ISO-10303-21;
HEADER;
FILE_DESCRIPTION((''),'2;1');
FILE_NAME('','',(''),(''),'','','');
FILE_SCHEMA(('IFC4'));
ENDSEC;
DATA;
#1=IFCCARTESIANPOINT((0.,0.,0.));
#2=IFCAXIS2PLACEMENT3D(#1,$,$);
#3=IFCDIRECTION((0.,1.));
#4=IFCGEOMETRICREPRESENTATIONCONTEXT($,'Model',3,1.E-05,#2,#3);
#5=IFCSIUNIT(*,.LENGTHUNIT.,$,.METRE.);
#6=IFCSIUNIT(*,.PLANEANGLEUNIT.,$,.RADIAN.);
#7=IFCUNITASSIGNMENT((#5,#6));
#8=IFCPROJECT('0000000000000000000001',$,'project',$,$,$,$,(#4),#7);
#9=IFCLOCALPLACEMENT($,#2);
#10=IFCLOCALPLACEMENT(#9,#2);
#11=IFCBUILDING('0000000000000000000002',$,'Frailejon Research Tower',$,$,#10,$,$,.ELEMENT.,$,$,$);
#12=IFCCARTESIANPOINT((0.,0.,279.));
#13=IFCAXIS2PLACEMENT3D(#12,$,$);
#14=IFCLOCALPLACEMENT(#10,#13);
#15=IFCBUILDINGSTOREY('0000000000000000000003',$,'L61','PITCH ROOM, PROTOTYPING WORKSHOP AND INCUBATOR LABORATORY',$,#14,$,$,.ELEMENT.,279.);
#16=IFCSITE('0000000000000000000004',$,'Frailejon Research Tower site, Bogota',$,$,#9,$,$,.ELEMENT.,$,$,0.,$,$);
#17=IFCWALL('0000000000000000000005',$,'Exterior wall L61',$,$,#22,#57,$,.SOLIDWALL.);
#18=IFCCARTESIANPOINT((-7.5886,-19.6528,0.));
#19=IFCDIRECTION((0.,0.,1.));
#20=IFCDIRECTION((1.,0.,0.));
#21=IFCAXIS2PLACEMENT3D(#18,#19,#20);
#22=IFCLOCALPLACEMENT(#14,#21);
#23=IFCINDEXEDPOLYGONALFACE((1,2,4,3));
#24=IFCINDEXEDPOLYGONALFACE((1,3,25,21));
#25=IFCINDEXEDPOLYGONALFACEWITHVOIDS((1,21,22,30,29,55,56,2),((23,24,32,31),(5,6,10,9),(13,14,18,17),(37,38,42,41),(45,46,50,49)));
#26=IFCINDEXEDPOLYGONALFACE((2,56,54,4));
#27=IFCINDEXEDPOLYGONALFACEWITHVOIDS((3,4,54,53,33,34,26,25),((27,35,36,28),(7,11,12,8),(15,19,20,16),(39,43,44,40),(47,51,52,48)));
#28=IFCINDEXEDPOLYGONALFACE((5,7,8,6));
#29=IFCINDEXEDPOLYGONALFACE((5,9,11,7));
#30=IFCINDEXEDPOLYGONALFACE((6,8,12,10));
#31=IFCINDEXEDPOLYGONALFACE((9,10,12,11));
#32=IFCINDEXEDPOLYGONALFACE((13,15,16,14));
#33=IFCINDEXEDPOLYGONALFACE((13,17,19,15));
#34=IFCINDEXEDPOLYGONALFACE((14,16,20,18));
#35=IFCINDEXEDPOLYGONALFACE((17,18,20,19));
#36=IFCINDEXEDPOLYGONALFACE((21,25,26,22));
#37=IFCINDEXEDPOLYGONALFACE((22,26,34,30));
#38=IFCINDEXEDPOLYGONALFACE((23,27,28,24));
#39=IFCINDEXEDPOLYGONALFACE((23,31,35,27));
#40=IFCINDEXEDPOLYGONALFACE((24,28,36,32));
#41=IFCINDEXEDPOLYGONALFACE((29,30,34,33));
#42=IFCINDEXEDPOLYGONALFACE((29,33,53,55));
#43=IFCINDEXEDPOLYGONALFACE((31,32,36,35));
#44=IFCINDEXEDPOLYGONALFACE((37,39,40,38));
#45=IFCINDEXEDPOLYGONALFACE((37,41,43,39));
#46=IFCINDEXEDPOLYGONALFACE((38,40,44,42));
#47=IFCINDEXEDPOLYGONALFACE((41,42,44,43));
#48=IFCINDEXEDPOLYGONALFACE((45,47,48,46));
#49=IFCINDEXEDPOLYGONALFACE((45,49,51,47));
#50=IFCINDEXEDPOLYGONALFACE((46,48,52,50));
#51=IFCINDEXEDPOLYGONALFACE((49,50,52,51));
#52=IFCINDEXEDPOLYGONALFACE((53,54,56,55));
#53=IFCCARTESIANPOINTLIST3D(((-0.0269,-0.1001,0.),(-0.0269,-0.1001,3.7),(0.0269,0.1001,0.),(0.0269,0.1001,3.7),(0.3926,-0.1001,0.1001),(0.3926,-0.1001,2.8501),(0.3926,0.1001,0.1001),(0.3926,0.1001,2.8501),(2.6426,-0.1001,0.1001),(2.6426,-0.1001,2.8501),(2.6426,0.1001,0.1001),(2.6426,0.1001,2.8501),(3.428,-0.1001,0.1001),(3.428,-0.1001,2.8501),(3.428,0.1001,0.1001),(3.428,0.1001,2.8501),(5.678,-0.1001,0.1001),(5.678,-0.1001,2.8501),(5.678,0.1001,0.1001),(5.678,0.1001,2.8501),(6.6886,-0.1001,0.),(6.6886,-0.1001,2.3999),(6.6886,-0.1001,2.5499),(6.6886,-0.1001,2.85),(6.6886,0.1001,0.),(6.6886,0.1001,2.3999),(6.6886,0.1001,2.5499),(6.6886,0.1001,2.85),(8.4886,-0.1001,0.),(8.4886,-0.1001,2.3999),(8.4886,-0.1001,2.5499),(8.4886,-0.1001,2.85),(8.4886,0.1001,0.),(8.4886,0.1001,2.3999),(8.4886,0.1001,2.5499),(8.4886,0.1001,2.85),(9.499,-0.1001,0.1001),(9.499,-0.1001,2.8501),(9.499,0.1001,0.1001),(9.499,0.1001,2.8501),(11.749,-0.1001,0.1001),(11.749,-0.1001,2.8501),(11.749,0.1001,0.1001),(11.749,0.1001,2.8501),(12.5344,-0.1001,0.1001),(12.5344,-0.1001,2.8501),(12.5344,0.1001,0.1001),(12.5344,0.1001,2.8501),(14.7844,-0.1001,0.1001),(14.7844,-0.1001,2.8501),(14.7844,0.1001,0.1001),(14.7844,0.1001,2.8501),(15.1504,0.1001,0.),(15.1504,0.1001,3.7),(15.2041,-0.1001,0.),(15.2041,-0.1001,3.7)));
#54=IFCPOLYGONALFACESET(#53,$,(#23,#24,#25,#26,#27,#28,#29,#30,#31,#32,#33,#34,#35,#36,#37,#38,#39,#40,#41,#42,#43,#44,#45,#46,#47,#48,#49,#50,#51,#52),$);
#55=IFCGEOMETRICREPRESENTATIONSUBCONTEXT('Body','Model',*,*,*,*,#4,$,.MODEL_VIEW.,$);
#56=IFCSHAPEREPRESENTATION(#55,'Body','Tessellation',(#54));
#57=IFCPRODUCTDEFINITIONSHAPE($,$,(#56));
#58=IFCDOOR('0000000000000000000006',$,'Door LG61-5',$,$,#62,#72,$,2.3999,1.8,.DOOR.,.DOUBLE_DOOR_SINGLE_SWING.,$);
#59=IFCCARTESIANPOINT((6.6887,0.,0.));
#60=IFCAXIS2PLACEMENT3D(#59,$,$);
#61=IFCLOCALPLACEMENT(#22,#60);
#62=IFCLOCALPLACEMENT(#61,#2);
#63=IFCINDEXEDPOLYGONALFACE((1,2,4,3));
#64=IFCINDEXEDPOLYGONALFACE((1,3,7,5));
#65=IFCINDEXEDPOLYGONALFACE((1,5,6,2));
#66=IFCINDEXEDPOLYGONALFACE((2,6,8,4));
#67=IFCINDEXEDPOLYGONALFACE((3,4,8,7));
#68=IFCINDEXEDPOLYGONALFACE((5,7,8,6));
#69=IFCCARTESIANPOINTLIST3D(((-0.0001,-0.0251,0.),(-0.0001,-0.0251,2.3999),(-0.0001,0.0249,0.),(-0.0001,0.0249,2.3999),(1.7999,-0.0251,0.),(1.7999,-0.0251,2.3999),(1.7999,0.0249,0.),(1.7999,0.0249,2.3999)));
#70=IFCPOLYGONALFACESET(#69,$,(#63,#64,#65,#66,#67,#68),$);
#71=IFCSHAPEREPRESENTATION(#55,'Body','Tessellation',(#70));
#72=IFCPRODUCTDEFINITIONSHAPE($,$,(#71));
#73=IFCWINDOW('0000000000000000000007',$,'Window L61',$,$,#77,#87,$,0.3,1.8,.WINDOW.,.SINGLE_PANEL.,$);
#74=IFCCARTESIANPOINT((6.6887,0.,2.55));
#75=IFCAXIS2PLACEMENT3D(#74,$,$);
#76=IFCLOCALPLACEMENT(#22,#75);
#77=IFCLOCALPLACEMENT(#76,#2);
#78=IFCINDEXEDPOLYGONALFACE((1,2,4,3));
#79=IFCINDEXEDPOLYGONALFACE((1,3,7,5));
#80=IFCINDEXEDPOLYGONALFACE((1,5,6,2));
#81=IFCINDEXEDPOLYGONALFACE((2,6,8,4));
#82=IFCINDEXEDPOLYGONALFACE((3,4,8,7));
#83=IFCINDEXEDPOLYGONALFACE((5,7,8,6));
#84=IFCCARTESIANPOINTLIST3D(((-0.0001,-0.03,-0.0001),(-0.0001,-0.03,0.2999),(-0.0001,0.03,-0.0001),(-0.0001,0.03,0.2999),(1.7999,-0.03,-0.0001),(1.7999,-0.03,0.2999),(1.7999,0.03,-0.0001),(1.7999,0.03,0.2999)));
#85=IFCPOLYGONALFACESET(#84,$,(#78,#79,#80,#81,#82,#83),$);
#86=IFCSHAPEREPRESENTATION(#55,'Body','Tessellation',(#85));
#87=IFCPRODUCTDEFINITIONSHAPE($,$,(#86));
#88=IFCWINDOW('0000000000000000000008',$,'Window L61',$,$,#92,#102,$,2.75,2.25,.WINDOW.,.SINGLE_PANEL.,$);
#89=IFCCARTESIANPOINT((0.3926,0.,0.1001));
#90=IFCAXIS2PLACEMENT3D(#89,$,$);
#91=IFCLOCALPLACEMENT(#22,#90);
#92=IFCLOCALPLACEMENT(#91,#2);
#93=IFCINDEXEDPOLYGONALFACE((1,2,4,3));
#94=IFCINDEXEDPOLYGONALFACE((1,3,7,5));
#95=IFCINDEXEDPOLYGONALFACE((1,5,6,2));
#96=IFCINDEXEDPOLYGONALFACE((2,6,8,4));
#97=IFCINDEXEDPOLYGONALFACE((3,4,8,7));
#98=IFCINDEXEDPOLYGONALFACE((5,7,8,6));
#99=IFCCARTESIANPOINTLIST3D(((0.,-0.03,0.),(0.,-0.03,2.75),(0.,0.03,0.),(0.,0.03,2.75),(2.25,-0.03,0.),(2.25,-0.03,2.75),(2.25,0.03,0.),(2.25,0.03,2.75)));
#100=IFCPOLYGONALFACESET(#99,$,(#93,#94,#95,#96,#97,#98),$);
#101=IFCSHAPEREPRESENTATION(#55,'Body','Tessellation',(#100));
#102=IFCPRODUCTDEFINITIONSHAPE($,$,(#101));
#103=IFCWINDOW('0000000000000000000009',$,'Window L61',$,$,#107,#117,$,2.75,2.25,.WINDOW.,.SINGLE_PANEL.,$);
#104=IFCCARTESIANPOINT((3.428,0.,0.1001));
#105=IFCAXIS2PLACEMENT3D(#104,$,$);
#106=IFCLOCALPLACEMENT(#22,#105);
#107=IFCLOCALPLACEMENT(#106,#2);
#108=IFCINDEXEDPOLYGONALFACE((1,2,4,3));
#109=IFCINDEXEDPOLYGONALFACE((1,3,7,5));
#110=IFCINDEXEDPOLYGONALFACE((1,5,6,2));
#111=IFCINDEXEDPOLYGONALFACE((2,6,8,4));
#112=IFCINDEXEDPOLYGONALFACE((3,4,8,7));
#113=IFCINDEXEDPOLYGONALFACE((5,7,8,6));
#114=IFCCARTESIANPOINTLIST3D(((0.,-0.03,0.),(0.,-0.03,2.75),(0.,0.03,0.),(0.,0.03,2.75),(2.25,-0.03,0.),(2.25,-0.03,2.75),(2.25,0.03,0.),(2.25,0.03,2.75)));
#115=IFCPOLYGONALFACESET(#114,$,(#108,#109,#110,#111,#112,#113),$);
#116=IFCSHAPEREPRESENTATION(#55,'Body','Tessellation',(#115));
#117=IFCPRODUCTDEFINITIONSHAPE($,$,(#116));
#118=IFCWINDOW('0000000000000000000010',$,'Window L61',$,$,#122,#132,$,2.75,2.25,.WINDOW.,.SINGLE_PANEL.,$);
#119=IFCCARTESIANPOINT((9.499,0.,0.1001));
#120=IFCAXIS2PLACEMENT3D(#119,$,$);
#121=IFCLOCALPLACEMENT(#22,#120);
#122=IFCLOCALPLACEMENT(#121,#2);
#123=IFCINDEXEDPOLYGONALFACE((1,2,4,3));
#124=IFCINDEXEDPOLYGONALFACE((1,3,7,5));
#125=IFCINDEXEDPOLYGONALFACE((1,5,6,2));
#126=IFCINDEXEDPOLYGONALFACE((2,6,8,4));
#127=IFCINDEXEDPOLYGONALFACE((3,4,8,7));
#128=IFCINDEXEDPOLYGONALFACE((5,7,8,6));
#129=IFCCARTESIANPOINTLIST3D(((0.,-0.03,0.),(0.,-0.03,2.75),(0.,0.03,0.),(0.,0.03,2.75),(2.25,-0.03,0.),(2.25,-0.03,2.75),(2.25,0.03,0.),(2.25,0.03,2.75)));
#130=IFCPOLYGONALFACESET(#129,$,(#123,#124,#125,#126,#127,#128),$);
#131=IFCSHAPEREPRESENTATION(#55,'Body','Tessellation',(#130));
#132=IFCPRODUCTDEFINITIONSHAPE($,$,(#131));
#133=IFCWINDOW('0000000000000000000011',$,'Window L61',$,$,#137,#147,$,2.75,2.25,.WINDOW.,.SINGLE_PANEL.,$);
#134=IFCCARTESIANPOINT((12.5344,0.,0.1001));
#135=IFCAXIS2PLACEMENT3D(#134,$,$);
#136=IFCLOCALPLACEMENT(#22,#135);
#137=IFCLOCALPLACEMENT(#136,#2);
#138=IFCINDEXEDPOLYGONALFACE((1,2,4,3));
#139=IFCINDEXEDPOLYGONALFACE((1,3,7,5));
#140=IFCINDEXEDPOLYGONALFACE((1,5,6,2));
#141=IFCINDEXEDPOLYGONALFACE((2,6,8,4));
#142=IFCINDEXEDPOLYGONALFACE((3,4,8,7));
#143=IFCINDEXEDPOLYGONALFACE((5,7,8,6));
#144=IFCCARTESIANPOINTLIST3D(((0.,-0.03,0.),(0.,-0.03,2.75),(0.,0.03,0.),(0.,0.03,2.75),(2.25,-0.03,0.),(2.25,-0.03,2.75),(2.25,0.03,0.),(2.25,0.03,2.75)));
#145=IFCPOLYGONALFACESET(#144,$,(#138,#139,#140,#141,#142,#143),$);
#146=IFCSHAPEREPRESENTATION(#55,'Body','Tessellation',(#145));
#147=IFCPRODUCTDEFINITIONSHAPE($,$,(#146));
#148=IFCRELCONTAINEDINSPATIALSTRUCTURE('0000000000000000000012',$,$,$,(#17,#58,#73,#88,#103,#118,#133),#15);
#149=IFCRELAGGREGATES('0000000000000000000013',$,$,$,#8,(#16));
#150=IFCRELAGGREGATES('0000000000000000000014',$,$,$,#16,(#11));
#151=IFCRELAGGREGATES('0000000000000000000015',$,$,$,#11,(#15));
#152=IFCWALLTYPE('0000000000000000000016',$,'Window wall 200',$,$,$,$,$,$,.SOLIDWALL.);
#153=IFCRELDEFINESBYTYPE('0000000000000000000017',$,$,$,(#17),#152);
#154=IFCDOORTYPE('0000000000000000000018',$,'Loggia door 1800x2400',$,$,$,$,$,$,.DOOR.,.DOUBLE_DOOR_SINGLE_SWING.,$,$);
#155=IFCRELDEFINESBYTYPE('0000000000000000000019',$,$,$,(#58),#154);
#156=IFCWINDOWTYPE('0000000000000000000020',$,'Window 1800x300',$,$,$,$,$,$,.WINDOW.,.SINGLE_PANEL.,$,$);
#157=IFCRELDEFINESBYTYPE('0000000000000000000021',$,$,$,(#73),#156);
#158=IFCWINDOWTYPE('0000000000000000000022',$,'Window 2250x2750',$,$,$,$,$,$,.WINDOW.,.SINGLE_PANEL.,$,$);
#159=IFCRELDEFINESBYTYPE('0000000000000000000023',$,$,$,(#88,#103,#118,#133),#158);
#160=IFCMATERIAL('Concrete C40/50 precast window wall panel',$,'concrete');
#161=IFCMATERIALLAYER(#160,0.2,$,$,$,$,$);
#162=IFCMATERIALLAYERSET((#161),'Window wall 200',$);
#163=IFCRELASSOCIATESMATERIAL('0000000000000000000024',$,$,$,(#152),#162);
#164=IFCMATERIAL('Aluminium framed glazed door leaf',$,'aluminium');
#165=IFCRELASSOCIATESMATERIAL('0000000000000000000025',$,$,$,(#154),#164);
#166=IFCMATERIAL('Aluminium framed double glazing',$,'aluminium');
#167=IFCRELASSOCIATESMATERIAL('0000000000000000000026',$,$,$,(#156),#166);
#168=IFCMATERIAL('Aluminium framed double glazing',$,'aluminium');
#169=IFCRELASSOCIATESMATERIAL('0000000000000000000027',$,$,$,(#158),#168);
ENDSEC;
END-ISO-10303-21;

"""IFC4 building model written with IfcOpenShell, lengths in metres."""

from ifc_helpers import new_model, si_unit, direction, frame, frame_2d, origin, place, context, subcontext, project, spatial, polyline, rectangle, outline, extrude, material, layer, layer_set, type_object, element, fill, save


model = new_model("IFC4")

# Units and contexts
model_context = context("Model", 3, precision=1e-05, world=origin(), true_north=direction((0.0, 1.0)))
body_context = subcontext(model_context, "Body", "Model", "MODEL_VIEW")
ifc_project = project(units=[si_unit("LENGTHUNIT", "METRE"), si_unit("PLANEANGLEUNIT", "RADIAN")], contexts=[model_context])

# Site, building, storey
site_placement = place(None, origin())
site = spatial("IfcSite", under=ifc_project, at=site_placement, Name="Frailejon Research Tower site, Bogota", CompositionType="ELEMENT", RefElevation=0.0)
building_placement = place(site_placement, origin())
building = spatial("IfcBuilding", under=site, at=building_placement, Name="Frailejon Research Tower", CompositionType="ELEMENT")
storey_placement = place(building_placement, frame((0.0, 0.0, 279.0)))
storey = spatial("IfcBuildingStorey", under=building, at=storey_placement, Name="L61", Description="PITCH ROOM, PROTOTYPING WORKSHOP AND INCUBATOR LABORATORY", CompositionType="ELEMENT", Elevation=279.0)

# Wall, openings, door, windows
ifc_material_1 = material(Name="Concrete C40/50 precast window wall panel", Category="concrete")
ifc_layer_1 = layer(ifc_material_1, 0.2)
ifc_layer_set_1 = layer_set([ifc_layer_1], Name="Window wall 200")
wall_type_1 = type_object("IfcWallType", Name="Window wall 200", PredefinedType="SOLIDWALL", material=ifc_layer_set_1)
wall_1_placement = place(storey_placement, frame((-7.5886, -19.6528, 0.0), z_axis=(0.0, 0.0, 1.0), x_axis=(1.0, 0.0, 0.0)))
wall_1 = element("IfcWall", 1, at=wall_1_placement, inside=storey, type_object=wall_type_1, Name="Exterior wall L61", PredefinedType="SOLIDWALL", context=body_context, shape_type="SweptSolid", body=[
    extrude(outline(polyline([(-0.0269, -0.1001), (0.9885, -0.1001), (2.0039, -0.1001), (3.0193, -0.1001), (4.0347, -0.1001), (5.05, -0.1001), (6.0654, -0.1001), (7.0808, -0.1001), (8.0964, -0.1001), (9.1118, -0.1001), (10.1272, -0.1001), (11.1426, -0.1001), (12.158, -0.1001), (13.1733, -0.1001), (14.1887, -0.1001), (15.2041, -0.1001), (15.1504, 0.1001), (14.1421, 0.1001), (13.134, 0.1001), (12.1257, 0.1001), (11.1174, 0.1001), (10.1091, 0.1001), (9.1011, 0.1001), (8.0928, 0.1001), (7.0845, 0.1001), (6.0762, 0.1001), (5.0681, 0.1001), (4.0598, 0.1001), (3.0515, 0.1001), (2.0432, 0.1001), (1.0352, 0.1001), (0.0269, 0.1001), (-0.0269, -0.1001)])), origin(), (0.0, 0.0, 1.0), 3.7),
])
opening_1_placement = place(wall_1_placement, frame((0.3926, 0.0, 0.1001)))
opening_1 = element("IfcOpeningElement", 2, at=opening_1_placement, cuts=wall_1, PredefinedType="OPENING", context=body_context, shape_type="SweptSolid", body=[
    extrude(rectangle(XDim=2.25, YDim=2.75, at=frame_2d((1.125, 1.375))), frame((0.0, 0.1099, 0.0), z_axis=(0.0, -1.0, 0.0), x_axis=(1.0, 0.0, 0.0)), (0.0, 0.0, 1.0), 0.22),
])
opening_2_placement = place(wall_1_placement, frame((3.428, 0.0, 0.1001)))
opening_2 = element("IfcOpeningElement", 3, at=opening_2_placement, cuts=wall_1, PredefinedType="OPENING", context=body_context, shape_type="SweptSolid", body=[
    extrude(rectangle(XDim=2.25, YDim=2.75, at=frame_2d((1.125, 1.375))), frame((0.0, 0.1099, 0.0), z_axis=(0.0, -1.0, 0.0), x_axis=(1.0, 0.0, 0.0)), (0.0, 0.0, 1.0), 0.22),
])
opening_3_placement = place(wall_1_placement, frame((6.6887, 0.0, 0.0)))
opening_3 = element("IfcOpeningElement", 4, at=opening_3_placement, cuts=wall_1, PredefinedType="OPENING", context=body_context, shape_type="SweptSolid", body=[
    extrude(rectangle(XDim=1.8, YDim=2.3999, at=frame_2d((0.8999, 1.2))), frame((0.0, 0.1099, 0.0), z_axis=(0.0, -1.0, 0.0), x_axis=(1.0, 0.0, 0.0)), (0.0, 0.0, 1.0), 0.22),
])
opening_4_placement = place(wall_1_placement, frame((6.6887, 0.0, 2.55)))
opening_4 = element("IfcOpeningElement", 5, at=opening_4_placement, cuts=wall_1, PredefinedType="OPENING", context=body_context, shape_type="SweptSolid", body=[
    extrude(rectangle(XDim=1.8, YDim=0.3, at=frame_2d((0.8999, 0.1499))), frame((0.0, 0.1099, 0.0), z_axis=(0.0, -1.0, 0.0), x_axis=(1.0, 0.0, 0.0)), (0.0, 0.0, 1.0), 0.22),
])
opening_5_placement = place(wall_1_placement, frame((9.499, 0.0, 0.1001)))
opening_5 = element("IfcOpeningElement", 6, at=opening_5_placement, cuts=wall_1, PredefinedType="OPENING", context=body_context, shape_type="SweptSolid", body=[
    extrude(rectangle(XDim=2.25, YDim=2.75, at=frame_2d((1.125, 1.375))), frame((0.0, 0.1099, 0.0), z_axis=(0.0, -1.0, 0.0), x_axis=(1.0, 0.0, 0.0)), (0.0, 0.0, 1.0), 0.22),
])
opening_6_placement = place(wall_1_placement, frame((12.5344, 0.0, 0.1001)))
opening_6 = element("IfcOpeningElement", 7, at=opening_6_placement, cuts=wall_1, PredefinedType="OPENING", context=body_context, shape_type="SweptSolid", body=[
    extrude(rectangle(XDim=2.25, YDim=2.75, at=frame_2d((1.125, 1.375))), frame((0.0, 0.1099, 0.0), z_axis=(0.0, -1.0, 0.0), x_axis=(1.0, 0.0, 0.0)), (0.0, 0.0, 1.0), 0.22),
])
ifc_material_2 = material(Name="Aluminium framed glazed door leaf", Category="aluminium")
door_type = type_object("IfcDoorType", Name="Loggia door 1800x2400", OperationType="DOUBLE_DOOR_SINGLE_SWING", PredefinedType="DOOR", material=ifc_material_2)
door_placement = place(opening_3_placement, origin())
door = element("IfcDoor", 8, at=door_placement, inside=storey, type_object=door_type, Name="Door LG61-5", OperationType="DOUBLE_DOOR_SINGLE_SWING", OverallHeight=2.3999, OverallWidth=1.8, PredefinedType="DOOR", context=body_context, shape_type="SweptSolid", body=[
    extrude(rectangle(XDim=1.8, YDim=2.3999, at=frame_2d((0.8999, 1.2))), frame((0.0, 0.0249, 0.0), z_axis=(0.0, -1.0, 0.0), x_axis=(1.0, 0.0, 0.0)), (0.0, 0.0, 1.0), 0.05),
])
fill(opening_3, door)
ifc_material_3 = material(Name="Aluminium framed double glazing", Category="aluminium")
window_type_1 = type_object("IfcWindowType", Name="Window 1800x300", PartitioningType="SINGLE_PANEL", PredefinedType="WINDOW", material=ifc_material_3)
window_1_placement = place(opening_4_placement, origin())
window_1 = element("IfcWindow", 9, at=window_1_placement, inside=storey, type_object=window_type_1, Name="Window L61", OverallHeight=0.3, OverallWidth=1.8, PartitioningType="SINGLE_PANEL", PredefinedType="WINDOW", context=body_context, shape_type="SweptSolid", body=[
    extrude(rectangle(XDim=1.8, YDim=0.3, at=frame_2d((0.8999, 0.1499))), frame((0.0, 0.03, 0.0), z_axis=(0.0, -1.0, 0.0), x_axis=(1.0, 0.0, 0.0)), (0.0, 0.0, 1.0), 0.0601),
])
fill(opening_4, window_1)
ifc_material_4 = material(Name="Aluminium framed double glazing", Category="aluminium")
window_type_2 = type_object("IfcWindowType", Name="Window 2250x2750", PartitioningType="SINGLE_PANEL", PredefinedType="WINDOW", material=ifc_material_4)
window_2_placement = place(opening_1_placement, origin())
window_2 = element("IfcWindow", 10, at=window_2_placement, inside=storey, type_object=window_type_2, Name="Window L61", OverallHeight=2.75, OverallWidth=2.25, PartitioningType="SINGLE_PANEL", PredefinedType="WINDOW", context=body_context, shape_type="SweptSolid", body=[
    extrude(rectangle(XDim=2.25, YDim=2.75, at=frame_2d((1.125, 1.375))), frame((0.0, 0.03, 0.0), z_axis=(0.0, -1.0, 0.0), x_axis=(1.0, 0.0, 0.0)), (0.0, 0.0, 1.0), 0.0601),
])
fill(opening_1, window_2)
window_3_placement = place(opening_2_placement, origin())
window_3 = element("IfcWindow", 11, at=window_3_placement, inside=storey, type_object=window_type_2, Name="Window L61", OverallHeight=2.75, OverallWidth=2.25, PartitioningType="SINGLE_PANEL", PredefinedType="WINDOW", context=body_context, shape_type="SweptSolid", body=[
    extrude(rectangle(XDim=2.25, YDim=2.75, at=frame_2d((1.125, 1.375))), frame((0.0, 0.03, 0.0), z_axis=(0.0, -1.0, 0.0), x_axis=(1.0, 0.0, 0.0)), (0.0, 0.0, 1.0), 0.0601),
])
fill(opening_2, window_3)
window_4_placement = place(opening_5_placement, origin())
window_4 = element("IfcWindow", 12, at=window_4_placement, inside=storey, type_object=window_type_2, Name="Window L61", OverallHeight=2.75, OverallWidth=2.25, PartitioningType="SINGLE_PANEL", PredefinedType="WINDOW", context=body_context, shape_type="SweptSolid", body=[
    extrude(rectangle(XDim=2.25, YDim=2.75, at=frame_2d((1.125, 1.375))), frame((0.0, 0.03, 0.0), z_axis=(0.0, -1.0, 0.0), x_axis=(1.0, 0.0, 0.0)), (0.0, 0.0, 1.0), 0.0601),
])
fill(opening_5, window_4)
window_5_placement = place(opening_6_placement, origin())
window_5 = element("IfcWindow", 13, at=window_5_placement, inside=storey, type_object=window_type_2, Name="Window L61", OverallHeight=2.75, OverallWidth=2.25, PartitioningType="SINGLE_PANEL", PredefinedType="WINDOW", context=body_context, shape_type="SweptSolid", body=[
    extrude(rectangle(XDim=2.25, YDim=2.75, at=frame_2d((1.125, 1.375))), frame((0.0, 0.03, 0.0), z_axis=(0.0, -1.0, 0.0), x_axis=(1.0, 0.0, 0.0)), (0.0, 0.0, 1.0), 0.0601),
])
fill(opening_6, window_5)

save(model, "model.ifc")
